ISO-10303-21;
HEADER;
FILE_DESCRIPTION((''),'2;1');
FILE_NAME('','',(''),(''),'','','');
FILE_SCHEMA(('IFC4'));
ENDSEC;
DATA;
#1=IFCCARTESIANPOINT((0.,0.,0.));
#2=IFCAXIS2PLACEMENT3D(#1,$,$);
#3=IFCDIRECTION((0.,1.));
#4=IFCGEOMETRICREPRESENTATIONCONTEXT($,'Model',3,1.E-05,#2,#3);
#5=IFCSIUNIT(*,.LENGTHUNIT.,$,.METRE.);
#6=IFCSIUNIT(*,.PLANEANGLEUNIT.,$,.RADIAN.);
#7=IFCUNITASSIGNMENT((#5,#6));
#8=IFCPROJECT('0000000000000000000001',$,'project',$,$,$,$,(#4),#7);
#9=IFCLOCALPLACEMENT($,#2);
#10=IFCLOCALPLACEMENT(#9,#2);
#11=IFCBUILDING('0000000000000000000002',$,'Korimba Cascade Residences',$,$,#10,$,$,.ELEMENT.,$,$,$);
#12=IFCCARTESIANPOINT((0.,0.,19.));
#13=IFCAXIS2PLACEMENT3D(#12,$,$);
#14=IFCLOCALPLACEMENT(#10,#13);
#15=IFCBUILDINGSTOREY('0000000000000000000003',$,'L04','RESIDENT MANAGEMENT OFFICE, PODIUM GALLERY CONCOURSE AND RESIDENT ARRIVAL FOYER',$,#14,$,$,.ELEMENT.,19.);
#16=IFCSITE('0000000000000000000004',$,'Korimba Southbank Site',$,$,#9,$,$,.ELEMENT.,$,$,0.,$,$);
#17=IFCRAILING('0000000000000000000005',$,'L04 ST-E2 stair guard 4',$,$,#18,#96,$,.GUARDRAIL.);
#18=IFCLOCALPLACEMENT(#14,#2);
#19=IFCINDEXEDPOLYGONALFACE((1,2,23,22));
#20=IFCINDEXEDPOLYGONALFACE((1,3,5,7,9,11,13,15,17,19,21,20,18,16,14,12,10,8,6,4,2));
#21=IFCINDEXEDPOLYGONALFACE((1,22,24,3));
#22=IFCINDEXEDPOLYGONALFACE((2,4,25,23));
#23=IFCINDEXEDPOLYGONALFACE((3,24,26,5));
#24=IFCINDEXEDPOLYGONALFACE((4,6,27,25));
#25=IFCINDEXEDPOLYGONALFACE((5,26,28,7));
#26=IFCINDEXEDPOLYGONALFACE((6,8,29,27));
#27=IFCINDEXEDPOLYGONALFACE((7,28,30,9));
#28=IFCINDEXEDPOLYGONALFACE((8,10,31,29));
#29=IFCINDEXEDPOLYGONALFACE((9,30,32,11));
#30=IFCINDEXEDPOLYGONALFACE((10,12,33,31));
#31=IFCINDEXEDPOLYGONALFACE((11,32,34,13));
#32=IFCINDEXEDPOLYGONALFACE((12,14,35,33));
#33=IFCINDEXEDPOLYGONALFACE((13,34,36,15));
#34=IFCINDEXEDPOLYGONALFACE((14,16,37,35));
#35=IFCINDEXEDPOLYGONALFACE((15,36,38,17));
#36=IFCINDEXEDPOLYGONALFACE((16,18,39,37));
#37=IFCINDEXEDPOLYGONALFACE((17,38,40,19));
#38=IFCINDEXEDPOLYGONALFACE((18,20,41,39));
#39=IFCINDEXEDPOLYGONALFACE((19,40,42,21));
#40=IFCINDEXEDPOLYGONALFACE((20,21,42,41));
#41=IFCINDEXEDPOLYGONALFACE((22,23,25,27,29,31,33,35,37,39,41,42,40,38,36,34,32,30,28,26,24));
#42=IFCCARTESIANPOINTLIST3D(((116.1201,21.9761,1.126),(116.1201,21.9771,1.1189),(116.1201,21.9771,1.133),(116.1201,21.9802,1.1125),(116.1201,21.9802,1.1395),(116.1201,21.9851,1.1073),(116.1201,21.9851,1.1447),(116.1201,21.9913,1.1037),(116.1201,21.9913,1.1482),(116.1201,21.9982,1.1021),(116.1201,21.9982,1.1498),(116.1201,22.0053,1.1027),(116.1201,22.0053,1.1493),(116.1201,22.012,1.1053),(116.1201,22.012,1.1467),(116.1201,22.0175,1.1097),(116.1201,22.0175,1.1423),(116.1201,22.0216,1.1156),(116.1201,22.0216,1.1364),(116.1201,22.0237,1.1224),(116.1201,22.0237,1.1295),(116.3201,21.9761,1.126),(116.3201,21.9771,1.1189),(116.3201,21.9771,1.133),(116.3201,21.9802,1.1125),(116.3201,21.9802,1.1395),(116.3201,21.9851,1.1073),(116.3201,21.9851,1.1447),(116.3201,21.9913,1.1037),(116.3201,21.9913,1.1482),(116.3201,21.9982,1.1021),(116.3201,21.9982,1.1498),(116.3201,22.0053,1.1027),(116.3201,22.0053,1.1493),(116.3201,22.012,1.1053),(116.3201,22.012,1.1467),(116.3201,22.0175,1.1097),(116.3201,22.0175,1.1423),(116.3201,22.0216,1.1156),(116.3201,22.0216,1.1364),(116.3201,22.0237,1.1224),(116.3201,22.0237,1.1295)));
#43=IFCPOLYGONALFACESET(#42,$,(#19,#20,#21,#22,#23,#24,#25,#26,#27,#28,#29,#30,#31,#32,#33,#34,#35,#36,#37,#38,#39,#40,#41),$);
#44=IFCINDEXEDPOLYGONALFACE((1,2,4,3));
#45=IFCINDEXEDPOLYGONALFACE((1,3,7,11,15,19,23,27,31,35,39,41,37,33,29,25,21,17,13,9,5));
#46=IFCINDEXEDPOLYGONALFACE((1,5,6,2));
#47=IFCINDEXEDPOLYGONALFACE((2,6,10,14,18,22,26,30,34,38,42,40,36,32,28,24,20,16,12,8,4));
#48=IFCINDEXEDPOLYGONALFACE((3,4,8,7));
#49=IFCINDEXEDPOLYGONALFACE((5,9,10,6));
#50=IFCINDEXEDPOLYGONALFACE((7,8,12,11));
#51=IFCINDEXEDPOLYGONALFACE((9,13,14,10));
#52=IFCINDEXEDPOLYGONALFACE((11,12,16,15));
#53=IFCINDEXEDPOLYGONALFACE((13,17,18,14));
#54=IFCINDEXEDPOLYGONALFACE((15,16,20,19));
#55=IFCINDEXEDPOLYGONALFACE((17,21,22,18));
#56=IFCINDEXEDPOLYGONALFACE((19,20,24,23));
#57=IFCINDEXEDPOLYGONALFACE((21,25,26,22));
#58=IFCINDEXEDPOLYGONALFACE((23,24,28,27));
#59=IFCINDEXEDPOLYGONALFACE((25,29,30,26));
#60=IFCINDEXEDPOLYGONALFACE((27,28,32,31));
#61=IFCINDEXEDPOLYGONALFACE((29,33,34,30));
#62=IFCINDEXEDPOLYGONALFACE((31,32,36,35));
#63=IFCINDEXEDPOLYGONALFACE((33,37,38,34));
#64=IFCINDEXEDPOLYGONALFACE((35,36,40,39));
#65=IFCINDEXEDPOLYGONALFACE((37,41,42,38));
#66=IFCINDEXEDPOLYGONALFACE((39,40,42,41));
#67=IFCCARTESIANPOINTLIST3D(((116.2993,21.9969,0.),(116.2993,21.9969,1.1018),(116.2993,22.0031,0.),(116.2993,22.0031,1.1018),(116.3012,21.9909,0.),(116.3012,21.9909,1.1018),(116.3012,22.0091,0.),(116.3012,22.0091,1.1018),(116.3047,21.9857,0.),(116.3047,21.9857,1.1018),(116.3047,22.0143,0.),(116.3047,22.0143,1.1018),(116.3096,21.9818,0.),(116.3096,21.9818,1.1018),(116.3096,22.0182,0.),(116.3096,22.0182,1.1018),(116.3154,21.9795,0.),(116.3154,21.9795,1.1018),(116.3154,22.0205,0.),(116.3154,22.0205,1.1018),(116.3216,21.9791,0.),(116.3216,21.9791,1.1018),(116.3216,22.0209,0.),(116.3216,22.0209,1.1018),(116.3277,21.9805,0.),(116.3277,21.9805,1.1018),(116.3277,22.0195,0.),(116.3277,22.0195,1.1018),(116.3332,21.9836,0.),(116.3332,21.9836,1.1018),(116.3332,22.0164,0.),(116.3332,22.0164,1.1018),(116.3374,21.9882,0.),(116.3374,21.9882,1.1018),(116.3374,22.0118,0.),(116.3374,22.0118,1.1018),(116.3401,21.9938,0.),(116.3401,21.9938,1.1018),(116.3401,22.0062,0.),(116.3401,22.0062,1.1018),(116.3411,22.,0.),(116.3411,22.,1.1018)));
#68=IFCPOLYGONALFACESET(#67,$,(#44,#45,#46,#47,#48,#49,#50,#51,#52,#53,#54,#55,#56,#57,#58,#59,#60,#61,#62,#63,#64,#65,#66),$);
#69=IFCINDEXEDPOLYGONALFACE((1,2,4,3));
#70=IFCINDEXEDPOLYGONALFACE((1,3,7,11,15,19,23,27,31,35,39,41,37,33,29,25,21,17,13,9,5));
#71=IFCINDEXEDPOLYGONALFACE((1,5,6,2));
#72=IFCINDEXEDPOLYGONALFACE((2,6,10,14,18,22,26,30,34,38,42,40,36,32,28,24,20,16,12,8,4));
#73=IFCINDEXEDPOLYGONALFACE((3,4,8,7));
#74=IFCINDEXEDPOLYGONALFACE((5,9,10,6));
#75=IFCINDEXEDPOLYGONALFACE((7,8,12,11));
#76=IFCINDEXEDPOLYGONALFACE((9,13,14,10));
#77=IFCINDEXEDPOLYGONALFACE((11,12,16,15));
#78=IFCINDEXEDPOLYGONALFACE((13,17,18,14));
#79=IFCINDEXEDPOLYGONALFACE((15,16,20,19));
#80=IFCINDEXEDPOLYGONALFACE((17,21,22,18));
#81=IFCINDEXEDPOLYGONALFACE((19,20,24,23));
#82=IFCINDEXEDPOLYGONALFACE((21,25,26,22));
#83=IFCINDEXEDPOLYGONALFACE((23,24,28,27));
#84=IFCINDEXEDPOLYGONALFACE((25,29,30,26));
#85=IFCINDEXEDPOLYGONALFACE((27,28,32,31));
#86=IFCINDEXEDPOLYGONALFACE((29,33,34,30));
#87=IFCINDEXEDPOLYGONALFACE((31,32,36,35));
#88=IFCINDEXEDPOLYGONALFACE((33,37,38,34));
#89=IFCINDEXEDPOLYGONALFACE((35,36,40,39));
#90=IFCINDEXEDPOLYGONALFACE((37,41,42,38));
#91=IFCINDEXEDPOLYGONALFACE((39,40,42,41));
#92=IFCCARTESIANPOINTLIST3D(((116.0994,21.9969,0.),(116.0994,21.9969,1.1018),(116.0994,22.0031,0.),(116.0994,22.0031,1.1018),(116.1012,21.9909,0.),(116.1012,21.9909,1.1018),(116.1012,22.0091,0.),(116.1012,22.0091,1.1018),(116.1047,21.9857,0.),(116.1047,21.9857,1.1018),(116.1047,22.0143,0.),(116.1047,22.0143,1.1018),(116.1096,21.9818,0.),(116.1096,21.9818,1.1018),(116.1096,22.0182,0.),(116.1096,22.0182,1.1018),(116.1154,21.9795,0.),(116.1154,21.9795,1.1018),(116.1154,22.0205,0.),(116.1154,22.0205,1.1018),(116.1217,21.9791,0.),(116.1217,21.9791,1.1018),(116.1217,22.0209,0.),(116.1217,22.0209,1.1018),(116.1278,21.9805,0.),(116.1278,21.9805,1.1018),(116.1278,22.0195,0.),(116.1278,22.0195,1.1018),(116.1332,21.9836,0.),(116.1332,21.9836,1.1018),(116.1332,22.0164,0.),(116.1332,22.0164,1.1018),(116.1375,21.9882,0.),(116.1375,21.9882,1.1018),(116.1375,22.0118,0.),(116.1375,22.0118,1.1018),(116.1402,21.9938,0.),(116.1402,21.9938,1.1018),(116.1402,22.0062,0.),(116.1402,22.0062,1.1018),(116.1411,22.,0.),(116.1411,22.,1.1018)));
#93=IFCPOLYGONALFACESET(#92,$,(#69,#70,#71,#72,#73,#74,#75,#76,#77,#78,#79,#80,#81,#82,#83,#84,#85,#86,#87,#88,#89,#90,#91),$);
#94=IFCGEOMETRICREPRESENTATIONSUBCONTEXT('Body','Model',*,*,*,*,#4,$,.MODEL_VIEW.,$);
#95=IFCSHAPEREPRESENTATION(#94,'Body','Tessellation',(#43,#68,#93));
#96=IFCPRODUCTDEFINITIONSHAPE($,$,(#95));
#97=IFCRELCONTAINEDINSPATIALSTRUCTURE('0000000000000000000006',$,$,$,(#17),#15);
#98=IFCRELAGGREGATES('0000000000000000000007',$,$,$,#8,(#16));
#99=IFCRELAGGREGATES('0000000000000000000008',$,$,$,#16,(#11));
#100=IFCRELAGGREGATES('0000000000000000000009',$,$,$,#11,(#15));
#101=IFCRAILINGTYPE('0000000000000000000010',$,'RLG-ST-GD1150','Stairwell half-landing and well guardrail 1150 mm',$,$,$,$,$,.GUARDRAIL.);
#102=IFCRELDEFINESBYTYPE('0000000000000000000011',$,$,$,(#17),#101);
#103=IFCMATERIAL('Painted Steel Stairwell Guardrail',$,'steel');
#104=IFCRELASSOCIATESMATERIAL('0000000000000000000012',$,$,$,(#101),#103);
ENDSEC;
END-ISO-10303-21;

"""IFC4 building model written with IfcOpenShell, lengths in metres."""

from ifc_helpers import new_model, si_unit, direction, frame, origin, origin_2d, place, context, subcontext, project, spatial, circle, extrude, material, type_object, element, save


model = new_model("IFC4")

# Units and contexts
model_context = context("Model", 3, precision=1e-05, world=origin(), true_north=direction((0.0, 1.0)))
body_context = subcontext(model_context, "Body", "Model", "MODEL_VIEW")
ifc_project = project(units=[si_unit("LENGTHUNIT", "METRE"), si_unit("PLANEANGLEUNIT", "RADIAN")], contexts=[model_context])

# Site, building, storey
site_placement = place(None, origin())
site = spatial("IfcSite", under=ifc_project, at=site_placement, Name="Korimba Southbank Site", CompositionType="ELEMENT", RefElevation=0.0)
building_placement = place(site_placement, origin())
building = spatial("IfcBuilding", under=site, at=building_placement, Name="Korimba Cascade Residences", CompositionType="ELEMENT")
storey_placement = place(building_placement, frame((0.0, 0.0, 19.0)))
storey = spatial("IfcBuildingStorey", under=building, at=storey_placement, Name="L04", Description="RESIDENT MANAGEMENT OFFICE, PODIUM GALLERY CONCOURSE AND RESIDENT ARRIVAL FOYER", CompositionType="ELEMENT", Elevation=19.0)

# Railing
ifc_material_1 = material(Name="Painted Steel Stairwell Guardrail", Category="steel")
railing_type_1 = type_object("IfcRailingType", Name="RLG-ST-GD1150", Description="Stairwell half-landing and well guardrail 1150 mm", PredefinedType="GUARDRAIL", material=ifc_material_1)
railing_1_placement = place(storey_placement, frame((116.3201, 22.0, 0.0)))
element("IfcRailing", 1, at=railing_1_placement, inside=storey, type_object=railing_type_1, Name="L04 ST-E2 stair guard 4", PredefinedType="GUARDRAIL", context=body_context, shape_type="SweptSolid", body=[
    extrude(circle(Radius=0.0239, at=origin_2d()), frame((0.0, 0.0, 1.126), z_axis=(-1.0, 0.0, 0.0), x_axis=(0.0, -1.0, 0.0)), (0.0, 0.0, 1.0), 0.2),
    extrude(circle(Radius=0.021, at=origin_2d()), origin(), (0.0, 0.0, 1.0), 1.1018),
    extrude(circle(Radius=0.021, at=origin_2d()), frame((-0.2, 0.0, 0.0)), (0.0, 0.0, 1.0), 1.1018),
])

save(model, "model.ifc")
